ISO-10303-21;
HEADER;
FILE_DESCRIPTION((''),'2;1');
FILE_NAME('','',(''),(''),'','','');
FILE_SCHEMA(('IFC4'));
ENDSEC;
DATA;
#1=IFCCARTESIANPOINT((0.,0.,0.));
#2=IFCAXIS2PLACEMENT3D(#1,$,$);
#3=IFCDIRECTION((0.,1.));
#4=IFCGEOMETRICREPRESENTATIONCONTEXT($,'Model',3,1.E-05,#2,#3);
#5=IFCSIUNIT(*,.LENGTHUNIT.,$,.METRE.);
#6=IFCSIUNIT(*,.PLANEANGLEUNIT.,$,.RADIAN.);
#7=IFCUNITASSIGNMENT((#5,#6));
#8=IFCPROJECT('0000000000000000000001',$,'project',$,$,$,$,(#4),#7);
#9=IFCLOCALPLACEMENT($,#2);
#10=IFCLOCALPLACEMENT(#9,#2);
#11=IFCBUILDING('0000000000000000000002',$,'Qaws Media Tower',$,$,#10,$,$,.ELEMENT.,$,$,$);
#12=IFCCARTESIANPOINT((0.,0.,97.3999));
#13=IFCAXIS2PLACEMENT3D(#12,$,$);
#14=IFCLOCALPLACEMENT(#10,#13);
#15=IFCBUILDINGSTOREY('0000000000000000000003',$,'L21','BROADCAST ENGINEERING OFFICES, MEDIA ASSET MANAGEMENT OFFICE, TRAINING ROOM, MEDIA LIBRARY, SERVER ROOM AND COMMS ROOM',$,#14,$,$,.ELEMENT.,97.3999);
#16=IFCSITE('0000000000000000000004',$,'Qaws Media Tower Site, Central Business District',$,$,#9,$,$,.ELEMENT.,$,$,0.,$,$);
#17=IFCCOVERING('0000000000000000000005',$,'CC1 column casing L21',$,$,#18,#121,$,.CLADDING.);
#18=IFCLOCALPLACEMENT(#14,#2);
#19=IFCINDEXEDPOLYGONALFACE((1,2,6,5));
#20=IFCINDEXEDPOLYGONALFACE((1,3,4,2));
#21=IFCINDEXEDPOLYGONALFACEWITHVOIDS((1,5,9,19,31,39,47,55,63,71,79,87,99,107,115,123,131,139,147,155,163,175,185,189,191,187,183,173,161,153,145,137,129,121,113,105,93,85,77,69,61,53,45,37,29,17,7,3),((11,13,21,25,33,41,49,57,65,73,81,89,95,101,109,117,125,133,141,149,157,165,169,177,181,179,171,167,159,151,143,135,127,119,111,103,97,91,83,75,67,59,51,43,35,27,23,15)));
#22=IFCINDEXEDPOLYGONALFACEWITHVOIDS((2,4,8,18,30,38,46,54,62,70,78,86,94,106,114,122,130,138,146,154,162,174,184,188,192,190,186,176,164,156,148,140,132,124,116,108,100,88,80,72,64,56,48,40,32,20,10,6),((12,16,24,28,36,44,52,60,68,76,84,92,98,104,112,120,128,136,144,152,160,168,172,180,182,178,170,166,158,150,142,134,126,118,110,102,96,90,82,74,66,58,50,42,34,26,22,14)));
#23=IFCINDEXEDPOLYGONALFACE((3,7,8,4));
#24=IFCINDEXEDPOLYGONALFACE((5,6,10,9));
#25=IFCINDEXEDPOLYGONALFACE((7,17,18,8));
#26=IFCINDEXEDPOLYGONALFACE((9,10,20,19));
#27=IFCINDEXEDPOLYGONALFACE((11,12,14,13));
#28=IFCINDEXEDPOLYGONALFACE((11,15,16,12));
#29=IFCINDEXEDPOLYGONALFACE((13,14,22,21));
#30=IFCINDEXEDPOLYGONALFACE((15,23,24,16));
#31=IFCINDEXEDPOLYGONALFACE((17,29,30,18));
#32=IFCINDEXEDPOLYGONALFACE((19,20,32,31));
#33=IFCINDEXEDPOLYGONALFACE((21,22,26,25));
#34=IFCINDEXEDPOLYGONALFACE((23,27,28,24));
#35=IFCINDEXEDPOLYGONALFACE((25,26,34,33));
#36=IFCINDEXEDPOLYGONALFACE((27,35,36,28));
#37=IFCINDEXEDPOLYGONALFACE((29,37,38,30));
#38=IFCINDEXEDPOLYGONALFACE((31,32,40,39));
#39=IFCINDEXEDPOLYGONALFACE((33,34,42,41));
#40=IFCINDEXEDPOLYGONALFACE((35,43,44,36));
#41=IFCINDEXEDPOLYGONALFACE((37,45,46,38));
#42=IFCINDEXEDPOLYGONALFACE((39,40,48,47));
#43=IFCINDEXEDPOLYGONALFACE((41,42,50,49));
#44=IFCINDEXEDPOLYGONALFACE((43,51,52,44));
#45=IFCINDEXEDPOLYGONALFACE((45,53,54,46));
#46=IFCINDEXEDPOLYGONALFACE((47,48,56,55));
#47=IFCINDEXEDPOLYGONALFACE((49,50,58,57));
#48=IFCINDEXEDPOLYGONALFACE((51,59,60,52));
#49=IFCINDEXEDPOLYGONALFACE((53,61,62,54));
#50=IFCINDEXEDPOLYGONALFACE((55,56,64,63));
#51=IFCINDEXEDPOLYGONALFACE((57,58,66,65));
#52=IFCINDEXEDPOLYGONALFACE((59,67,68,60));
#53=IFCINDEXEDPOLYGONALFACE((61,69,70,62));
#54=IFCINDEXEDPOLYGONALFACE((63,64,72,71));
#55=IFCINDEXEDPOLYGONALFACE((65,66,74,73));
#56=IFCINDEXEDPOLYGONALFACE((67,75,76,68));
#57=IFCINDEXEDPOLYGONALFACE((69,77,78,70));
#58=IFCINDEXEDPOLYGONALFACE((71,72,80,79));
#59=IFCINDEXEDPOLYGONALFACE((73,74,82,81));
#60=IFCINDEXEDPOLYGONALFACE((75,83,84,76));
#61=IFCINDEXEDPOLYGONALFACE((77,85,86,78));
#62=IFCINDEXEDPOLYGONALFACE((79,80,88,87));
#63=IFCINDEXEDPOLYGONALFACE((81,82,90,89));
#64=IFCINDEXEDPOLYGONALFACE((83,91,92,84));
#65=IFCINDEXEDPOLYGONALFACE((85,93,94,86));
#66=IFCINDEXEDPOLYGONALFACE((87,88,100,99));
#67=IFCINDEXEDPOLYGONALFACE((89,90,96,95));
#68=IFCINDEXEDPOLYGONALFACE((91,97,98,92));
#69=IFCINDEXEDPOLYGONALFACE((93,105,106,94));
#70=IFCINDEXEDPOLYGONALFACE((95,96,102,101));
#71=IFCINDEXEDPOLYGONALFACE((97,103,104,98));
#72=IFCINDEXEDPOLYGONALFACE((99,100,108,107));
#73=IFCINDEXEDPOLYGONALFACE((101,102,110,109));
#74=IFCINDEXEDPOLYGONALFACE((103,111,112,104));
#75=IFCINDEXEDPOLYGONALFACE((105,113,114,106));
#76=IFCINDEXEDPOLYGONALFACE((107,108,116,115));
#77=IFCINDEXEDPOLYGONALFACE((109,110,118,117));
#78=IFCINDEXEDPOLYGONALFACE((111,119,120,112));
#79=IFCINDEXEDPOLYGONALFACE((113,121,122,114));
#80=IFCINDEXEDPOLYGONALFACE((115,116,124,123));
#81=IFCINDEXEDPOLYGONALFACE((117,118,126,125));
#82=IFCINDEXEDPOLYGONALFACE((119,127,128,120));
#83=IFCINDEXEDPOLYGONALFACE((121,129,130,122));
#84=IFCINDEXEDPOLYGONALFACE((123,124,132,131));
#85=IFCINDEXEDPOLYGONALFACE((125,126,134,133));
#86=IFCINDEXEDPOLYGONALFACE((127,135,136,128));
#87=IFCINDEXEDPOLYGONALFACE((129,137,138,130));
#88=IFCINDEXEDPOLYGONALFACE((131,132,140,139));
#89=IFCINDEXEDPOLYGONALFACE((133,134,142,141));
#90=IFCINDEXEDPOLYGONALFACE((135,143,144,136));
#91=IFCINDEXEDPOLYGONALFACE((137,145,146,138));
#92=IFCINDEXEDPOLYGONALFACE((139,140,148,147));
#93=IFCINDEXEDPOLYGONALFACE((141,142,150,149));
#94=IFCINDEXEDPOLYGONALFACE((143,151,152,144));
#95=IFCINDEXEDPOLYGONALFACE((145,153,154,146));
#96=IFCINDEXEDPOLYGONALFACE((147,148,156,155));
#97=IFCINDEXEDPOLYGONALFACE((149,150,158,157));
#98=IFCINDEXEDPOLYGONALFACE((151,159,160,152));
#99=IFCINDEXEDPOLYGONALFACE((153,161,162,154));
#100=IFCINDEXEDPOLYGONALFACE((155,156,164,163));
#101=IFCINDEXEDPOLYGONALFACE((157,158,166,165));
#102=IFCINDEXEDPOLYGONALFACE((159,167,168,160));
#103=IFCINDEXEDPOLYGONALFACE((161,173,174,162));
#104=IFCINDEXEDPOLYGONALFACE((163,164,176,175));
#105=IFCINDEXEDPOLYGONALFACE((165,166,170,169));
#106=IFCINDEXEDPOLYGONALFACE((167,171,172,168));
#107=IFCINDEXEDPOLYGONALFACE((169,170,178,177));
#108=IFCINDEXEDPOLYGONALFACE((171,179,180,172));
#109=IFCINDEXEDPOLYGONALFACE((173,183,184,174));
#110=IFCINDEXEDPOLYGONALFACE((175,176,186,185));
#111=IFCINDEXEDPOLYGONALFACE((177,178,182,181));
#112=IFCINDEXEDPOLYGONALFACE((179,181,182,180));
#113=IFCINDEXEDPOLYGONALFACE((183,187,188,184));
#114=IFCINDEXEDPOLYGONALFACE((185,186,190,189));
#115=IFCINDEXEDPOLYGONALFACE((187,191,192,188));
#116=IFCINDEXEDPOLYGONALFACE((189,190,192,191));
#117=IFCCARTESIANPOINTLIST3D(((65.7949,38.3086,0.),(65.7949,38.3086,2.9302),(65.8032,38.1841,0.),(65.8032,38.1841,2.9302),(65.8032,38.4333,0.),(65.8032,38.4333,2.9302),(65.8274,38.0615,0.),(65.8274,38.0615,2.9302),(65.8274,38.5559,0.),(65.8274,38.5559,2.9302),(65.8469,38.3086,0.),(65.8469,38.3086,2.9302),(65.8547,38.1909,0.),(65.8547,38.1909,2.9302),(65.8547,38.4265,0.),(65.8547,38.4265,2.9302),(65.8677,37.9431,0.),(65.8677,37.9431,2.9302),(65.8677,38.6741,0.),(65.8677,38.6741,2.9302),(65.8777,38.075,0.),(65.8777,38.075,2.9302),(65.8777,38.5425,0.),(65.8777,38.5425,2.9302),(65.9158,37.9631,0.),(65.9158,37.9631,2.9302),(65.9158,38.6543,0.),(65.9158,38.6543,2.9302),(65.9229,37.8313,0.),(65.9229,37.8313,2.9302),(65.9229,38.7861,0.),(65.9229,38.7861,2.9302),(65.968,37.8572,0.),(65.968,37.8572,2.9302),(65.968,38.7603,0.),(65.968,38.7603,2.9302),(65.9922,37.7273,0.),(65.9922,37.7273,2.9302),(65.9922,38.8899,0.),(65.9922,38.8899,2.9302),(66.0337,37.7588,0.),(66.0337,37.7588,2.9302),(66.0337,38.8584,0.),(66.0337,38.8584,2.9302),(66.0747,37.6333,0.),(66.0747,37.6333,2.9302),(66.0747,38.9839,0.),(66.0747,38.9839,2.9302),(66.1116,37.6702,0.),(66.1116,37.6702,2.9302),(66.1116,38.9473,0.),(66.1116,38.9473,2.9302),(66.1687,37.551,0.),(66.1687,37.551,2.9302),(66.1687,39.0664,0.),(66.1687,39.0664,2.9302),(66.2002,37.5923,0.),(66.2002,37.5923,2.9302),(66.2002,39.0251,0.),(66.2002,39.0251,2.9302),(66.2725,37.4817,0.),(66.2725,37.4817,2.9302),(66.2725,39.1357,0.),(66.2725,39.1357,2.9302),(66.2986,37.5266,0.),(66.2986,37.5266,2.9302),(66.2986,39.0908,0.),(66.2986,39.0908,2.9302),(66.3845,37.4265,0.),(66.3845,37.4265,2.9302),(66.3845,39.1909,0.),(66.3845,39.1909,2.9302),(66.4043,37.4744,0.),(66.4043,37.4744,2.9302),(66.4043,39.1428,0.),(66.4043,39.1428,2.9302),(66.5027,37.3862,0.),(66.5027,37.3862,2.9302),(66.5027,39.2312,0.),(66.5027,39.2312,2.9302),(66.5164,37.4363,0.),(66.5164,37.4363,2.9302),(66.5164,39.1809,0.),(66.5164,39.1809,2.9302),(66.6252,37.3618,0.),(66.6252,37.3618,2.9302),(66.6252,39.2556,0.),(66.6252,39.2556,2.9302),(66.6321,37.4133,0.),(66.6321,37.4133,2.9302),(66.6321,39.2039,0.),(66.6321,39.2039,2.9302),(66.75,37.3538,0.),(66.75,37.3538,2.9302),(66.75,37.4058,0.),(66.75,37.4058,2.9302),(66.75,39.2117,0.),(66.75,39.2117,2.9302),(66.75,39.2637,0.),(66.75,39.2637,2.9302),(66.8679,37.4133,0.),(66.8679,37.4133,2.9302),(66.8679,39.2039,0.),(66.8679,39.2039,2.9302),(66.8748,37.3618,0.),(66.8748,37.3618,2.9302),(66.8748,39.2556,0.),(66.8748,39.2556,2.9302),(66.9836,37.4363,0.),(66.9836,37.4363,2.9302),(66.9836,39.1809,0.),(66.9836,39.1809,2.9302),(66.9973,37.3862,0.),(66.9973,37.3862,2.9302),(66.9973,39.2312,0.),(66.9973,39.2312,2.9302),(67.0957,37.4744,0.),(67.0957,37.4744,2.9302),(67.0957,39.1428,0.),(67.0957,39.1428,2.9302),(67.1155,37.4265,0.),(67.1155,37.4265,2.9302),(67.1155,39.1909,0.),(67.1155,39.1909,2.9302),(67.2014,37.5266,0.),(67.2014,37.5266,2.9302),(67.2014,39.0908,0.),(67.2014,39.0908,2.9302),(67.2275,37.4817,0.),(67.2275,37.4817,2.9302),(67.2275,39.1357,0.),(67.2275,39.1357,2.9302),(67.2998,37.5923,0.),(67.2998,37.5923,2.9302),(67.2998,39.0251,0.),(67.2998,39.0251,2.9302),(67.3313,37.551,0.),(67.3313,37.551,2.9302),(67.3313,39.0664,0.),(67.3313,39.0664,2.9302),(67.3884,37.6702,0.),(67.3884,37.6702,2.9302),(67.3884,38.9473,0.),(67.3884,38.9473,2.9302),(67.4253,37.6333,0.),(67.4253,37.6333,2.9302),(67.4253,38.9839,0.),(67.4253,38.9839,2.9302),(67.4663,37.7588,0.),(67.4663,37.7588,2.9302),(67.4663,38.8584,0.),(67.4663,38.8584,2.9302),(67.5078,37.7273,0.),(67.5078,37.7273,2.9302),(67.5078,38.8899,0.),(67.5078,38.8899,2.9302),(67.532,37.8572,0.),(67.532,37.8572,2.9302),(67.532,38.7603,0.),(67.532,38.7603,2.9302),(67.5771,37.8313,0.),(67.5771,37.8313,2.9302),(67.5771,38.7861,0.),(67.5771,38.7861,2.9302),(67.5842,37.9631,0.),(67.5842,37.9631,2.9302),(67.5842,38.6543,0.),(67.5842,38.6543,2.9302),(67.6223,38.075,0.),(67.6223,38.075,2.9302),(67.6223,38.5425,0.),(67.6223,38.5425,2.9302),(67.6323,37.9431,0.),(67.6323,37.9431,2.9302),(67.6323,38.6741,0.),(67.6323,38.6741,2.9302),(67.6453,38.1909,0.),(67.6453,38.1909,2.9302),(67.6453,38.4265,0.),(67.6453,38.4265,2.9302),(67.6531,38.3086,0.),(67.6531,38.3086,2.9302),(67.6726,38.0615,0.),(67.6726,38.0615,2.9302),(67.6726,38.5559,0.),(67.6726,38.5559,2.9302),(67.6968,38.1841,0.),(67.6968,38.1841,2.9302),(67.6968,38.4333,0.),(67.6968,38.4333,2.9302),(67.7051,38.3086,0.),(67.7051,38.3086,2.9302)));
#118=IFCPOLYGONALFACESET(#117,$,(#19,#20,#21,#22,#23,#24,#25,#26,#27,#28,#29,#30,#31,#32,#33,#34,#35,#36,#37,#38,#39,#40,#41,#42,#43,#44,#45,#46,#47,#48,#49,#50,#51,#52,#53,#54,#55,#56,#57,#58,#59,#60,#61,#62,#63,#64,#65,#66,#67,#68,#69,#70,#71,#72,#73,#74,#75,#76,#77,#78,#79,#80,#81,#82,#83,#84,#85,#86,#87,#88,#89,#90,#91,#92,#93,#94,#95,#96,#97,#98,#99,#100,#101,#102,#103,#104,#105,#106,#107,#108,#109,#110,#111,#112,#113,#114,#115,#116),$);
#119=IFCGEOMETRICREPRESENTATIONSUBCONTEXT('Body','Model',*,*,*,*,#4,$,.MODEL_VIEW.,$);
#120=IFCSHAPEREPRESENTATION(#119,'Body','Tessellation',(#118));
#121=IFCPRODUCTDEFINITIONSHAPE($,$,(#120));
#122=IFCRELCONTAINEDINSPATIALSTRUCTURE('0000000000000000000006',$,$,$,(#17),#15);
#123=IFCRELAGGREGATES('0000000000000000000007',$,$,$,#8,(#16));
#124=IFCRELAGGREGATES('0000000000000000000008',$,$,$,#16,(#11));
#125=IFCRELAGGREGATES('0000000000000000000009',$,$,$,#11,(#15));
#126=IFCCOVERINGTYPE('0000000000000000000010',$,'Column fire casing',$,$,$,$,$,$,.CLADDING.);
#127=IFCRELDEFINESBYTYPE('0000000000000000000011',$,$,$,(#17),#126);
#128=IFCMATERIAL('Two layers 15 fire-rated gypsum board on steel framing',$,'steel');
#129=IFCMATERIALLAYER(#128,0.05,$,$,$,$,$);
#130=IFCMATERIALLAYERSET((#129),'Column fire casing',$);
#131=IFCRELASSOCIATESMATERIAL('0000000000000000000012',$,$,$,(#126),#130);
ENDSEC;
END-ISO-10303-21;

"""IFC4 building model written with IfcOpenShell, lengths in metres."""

from ifc_helpers import new_model, si_unit, direction, frame, origin, place, context, subcontext, project, spatial, polyline, outline, extrude, material, layer, layer_set, type_object, element, save


model = new_model("IFC4")

# Units and contexts
model_context = context("Model", 3, precision=1e-05, world=origin(), true_north=direction((0.0, 1.0)))
body_context = subcontext(model_context, "Body", "Model", "MODEL_VIEW")
ifc_project = project(units=[si_unit("LENGTHUNIT", "METRE"), si_unit("PLANEANGLEUNIT", "RADIAN")], contexts=[model_context])

# Site, building, storey
site_placement = place(None, origin())
site = spatial("IfcSite", under=ifc_project, at=site_placement, Name="Qaws Media Tower Site, Central Business District", CompositionType="ELEMENT", RefElevation=0.0)
building_placement = place(site_placement, origin())
building = spatial("IfcBuilding", under=site, at=building_placement, Name="Qaws Media Tower", CompositionType="ELEMENT")
storey_placement = place(building_placement, frame((0.0, 0.0, 97.3999)))
storey = spatial("IfcBuildingStorey", under=building, at=storey_placement, Name="L21", Description="BROADCAST ENGINEERING OFFICES, MEDIA ASSET MANAGEMENT OFFICE, TRAINING ROOM, MEDIA LIBRARY, SERVER ROOM AND COMMS ROOM", CompositionType="ELEMENT", Elevation=97.3999)

# Covering
ifc_material_1 = material(Name="Two layers 15 fire-rated gypsum board on steel framing", Category="steel")
ifc_layer_1 = layer(ifc_material_1, 0.05)
ifc_layer_set_1 = layer_set([ifc_layer_1], Name="Column fire casing")
covering_type_1 = type_object("IfcCoveringType", Name="Column fire casing", PredefinedType="CLADDING", material=ifc_layer_set_1)
covering_1_placement = place(storey_placement, origin())
element("IfcCovering", 1, at=covering_1_placement, inside=storey, type_object=covering_type_1, Name="CC1 column casing L21", PredefinedType="CLADDING", context=body_context, shape_type="SweptSolid", body=[
    extrude(outline(polyline([(67.7051, 38.3086), (67.6968, 38.1841), (67.6726, 38.0615), (67.6323, 37.9431), (67.5771, 37.8313), (67.5078, 37.7273), (67.4253, 37.6333), (67.3313, 37.551), (67.2275, 37.4817), (67.1155, 37.4265), (66.9973, 37.3862), (66.8748, 37.3618), (66.75, 37.3538), (66.6252, 37.3618), (66.5027, 37.3862), (66.3845, 37.4265), (66.2725, 37.4817), (66.1687, 37.551), (66.0747, 37.6333), (65.9922, 37.7273), (65.9229, 37.8313), (65.8677, 37.9431), (65.8274, 38.0615), (65.8032, 38.1841), (65.7949, 38.3086), (65.8032, 38.4333), (65.8274, 38.5559), (65.8677, 38.6741), (65.9229, 38.7861), (65.9922, 38.8899), (66.0747, 38.9839), (66.1687, 39.0664), (66.2725, 39.1357), (66.3845, 39.1909), (66.5027, 39.2312), (66.6252, 39.2556), (66.75, 39.2637), (66.8748, 39.2556), (66.9973, 39.2312), (67.1155, 39.1909), (67.2275, 39.1357), (67.3313, 39.0664), (67.4253, 38.9839), (67.5078, 38.8899), (67.5771, 38.7861), (67.6323, 38.6741), (67.6726, 38.5559), (67.6968, 38.4333), (67.7051, 38.3086)]), holes=[polyline([(67.6531, 38.3086), (67.6453, 38.1909), (67.6223, 38.075), (67.5842, 37.9631), (67.532, 37.8572), (67.4663, 37.7588), (67.3884, 37.6702), (67.2998, 37.5923), (67.2014, 37.5266), (67.0957, 37.4744), (66.9836, 37.4363), (66.8679, 37.4133), (66.75, 37.4058), (66.6321, 37.4133), (66.5164, 37.4363), (66.4043, 37.4744), (66.2986, 37.5266), (66.2002, 37.5923), (66.1116, 37.6702), (66.0337, 37.7588), (65.968, 37.8572), (65.9158, 37.9631), (65.8777, 38.075), (65.8547, 38.1909), (65.8469, 38.3086), (65.8547, 38.4265), (65.8777, 38.5425), (65.9158, 38.6543), (65.968, 38.7603), (66.0337, 38.8584), (66.1116, 38.9473), (66.2002, 39.0251), (66.2986, 39.0908), (66.4043, 39.1428), (66.5164, 39.1809), (66.6321, 39.2039), (66.75, 39.2117), (66.8679, 39.2039), (66.9836, 39.1809), (67.0957, 39.1428), (67.2014, 39.0908), (67.2998, 39.0251), (67.3884, 38.9473), (67.4663, 38.8584), (67.532, 38.7603), (67.5842, 38.6543), (67.6223, 38.5425), (67.6453, 38.4265), (67.6531, 38.3086)])]), origin(), (0.0, 0.0, 1.0), 2.9302),
])

save(model, "model.ifc")
